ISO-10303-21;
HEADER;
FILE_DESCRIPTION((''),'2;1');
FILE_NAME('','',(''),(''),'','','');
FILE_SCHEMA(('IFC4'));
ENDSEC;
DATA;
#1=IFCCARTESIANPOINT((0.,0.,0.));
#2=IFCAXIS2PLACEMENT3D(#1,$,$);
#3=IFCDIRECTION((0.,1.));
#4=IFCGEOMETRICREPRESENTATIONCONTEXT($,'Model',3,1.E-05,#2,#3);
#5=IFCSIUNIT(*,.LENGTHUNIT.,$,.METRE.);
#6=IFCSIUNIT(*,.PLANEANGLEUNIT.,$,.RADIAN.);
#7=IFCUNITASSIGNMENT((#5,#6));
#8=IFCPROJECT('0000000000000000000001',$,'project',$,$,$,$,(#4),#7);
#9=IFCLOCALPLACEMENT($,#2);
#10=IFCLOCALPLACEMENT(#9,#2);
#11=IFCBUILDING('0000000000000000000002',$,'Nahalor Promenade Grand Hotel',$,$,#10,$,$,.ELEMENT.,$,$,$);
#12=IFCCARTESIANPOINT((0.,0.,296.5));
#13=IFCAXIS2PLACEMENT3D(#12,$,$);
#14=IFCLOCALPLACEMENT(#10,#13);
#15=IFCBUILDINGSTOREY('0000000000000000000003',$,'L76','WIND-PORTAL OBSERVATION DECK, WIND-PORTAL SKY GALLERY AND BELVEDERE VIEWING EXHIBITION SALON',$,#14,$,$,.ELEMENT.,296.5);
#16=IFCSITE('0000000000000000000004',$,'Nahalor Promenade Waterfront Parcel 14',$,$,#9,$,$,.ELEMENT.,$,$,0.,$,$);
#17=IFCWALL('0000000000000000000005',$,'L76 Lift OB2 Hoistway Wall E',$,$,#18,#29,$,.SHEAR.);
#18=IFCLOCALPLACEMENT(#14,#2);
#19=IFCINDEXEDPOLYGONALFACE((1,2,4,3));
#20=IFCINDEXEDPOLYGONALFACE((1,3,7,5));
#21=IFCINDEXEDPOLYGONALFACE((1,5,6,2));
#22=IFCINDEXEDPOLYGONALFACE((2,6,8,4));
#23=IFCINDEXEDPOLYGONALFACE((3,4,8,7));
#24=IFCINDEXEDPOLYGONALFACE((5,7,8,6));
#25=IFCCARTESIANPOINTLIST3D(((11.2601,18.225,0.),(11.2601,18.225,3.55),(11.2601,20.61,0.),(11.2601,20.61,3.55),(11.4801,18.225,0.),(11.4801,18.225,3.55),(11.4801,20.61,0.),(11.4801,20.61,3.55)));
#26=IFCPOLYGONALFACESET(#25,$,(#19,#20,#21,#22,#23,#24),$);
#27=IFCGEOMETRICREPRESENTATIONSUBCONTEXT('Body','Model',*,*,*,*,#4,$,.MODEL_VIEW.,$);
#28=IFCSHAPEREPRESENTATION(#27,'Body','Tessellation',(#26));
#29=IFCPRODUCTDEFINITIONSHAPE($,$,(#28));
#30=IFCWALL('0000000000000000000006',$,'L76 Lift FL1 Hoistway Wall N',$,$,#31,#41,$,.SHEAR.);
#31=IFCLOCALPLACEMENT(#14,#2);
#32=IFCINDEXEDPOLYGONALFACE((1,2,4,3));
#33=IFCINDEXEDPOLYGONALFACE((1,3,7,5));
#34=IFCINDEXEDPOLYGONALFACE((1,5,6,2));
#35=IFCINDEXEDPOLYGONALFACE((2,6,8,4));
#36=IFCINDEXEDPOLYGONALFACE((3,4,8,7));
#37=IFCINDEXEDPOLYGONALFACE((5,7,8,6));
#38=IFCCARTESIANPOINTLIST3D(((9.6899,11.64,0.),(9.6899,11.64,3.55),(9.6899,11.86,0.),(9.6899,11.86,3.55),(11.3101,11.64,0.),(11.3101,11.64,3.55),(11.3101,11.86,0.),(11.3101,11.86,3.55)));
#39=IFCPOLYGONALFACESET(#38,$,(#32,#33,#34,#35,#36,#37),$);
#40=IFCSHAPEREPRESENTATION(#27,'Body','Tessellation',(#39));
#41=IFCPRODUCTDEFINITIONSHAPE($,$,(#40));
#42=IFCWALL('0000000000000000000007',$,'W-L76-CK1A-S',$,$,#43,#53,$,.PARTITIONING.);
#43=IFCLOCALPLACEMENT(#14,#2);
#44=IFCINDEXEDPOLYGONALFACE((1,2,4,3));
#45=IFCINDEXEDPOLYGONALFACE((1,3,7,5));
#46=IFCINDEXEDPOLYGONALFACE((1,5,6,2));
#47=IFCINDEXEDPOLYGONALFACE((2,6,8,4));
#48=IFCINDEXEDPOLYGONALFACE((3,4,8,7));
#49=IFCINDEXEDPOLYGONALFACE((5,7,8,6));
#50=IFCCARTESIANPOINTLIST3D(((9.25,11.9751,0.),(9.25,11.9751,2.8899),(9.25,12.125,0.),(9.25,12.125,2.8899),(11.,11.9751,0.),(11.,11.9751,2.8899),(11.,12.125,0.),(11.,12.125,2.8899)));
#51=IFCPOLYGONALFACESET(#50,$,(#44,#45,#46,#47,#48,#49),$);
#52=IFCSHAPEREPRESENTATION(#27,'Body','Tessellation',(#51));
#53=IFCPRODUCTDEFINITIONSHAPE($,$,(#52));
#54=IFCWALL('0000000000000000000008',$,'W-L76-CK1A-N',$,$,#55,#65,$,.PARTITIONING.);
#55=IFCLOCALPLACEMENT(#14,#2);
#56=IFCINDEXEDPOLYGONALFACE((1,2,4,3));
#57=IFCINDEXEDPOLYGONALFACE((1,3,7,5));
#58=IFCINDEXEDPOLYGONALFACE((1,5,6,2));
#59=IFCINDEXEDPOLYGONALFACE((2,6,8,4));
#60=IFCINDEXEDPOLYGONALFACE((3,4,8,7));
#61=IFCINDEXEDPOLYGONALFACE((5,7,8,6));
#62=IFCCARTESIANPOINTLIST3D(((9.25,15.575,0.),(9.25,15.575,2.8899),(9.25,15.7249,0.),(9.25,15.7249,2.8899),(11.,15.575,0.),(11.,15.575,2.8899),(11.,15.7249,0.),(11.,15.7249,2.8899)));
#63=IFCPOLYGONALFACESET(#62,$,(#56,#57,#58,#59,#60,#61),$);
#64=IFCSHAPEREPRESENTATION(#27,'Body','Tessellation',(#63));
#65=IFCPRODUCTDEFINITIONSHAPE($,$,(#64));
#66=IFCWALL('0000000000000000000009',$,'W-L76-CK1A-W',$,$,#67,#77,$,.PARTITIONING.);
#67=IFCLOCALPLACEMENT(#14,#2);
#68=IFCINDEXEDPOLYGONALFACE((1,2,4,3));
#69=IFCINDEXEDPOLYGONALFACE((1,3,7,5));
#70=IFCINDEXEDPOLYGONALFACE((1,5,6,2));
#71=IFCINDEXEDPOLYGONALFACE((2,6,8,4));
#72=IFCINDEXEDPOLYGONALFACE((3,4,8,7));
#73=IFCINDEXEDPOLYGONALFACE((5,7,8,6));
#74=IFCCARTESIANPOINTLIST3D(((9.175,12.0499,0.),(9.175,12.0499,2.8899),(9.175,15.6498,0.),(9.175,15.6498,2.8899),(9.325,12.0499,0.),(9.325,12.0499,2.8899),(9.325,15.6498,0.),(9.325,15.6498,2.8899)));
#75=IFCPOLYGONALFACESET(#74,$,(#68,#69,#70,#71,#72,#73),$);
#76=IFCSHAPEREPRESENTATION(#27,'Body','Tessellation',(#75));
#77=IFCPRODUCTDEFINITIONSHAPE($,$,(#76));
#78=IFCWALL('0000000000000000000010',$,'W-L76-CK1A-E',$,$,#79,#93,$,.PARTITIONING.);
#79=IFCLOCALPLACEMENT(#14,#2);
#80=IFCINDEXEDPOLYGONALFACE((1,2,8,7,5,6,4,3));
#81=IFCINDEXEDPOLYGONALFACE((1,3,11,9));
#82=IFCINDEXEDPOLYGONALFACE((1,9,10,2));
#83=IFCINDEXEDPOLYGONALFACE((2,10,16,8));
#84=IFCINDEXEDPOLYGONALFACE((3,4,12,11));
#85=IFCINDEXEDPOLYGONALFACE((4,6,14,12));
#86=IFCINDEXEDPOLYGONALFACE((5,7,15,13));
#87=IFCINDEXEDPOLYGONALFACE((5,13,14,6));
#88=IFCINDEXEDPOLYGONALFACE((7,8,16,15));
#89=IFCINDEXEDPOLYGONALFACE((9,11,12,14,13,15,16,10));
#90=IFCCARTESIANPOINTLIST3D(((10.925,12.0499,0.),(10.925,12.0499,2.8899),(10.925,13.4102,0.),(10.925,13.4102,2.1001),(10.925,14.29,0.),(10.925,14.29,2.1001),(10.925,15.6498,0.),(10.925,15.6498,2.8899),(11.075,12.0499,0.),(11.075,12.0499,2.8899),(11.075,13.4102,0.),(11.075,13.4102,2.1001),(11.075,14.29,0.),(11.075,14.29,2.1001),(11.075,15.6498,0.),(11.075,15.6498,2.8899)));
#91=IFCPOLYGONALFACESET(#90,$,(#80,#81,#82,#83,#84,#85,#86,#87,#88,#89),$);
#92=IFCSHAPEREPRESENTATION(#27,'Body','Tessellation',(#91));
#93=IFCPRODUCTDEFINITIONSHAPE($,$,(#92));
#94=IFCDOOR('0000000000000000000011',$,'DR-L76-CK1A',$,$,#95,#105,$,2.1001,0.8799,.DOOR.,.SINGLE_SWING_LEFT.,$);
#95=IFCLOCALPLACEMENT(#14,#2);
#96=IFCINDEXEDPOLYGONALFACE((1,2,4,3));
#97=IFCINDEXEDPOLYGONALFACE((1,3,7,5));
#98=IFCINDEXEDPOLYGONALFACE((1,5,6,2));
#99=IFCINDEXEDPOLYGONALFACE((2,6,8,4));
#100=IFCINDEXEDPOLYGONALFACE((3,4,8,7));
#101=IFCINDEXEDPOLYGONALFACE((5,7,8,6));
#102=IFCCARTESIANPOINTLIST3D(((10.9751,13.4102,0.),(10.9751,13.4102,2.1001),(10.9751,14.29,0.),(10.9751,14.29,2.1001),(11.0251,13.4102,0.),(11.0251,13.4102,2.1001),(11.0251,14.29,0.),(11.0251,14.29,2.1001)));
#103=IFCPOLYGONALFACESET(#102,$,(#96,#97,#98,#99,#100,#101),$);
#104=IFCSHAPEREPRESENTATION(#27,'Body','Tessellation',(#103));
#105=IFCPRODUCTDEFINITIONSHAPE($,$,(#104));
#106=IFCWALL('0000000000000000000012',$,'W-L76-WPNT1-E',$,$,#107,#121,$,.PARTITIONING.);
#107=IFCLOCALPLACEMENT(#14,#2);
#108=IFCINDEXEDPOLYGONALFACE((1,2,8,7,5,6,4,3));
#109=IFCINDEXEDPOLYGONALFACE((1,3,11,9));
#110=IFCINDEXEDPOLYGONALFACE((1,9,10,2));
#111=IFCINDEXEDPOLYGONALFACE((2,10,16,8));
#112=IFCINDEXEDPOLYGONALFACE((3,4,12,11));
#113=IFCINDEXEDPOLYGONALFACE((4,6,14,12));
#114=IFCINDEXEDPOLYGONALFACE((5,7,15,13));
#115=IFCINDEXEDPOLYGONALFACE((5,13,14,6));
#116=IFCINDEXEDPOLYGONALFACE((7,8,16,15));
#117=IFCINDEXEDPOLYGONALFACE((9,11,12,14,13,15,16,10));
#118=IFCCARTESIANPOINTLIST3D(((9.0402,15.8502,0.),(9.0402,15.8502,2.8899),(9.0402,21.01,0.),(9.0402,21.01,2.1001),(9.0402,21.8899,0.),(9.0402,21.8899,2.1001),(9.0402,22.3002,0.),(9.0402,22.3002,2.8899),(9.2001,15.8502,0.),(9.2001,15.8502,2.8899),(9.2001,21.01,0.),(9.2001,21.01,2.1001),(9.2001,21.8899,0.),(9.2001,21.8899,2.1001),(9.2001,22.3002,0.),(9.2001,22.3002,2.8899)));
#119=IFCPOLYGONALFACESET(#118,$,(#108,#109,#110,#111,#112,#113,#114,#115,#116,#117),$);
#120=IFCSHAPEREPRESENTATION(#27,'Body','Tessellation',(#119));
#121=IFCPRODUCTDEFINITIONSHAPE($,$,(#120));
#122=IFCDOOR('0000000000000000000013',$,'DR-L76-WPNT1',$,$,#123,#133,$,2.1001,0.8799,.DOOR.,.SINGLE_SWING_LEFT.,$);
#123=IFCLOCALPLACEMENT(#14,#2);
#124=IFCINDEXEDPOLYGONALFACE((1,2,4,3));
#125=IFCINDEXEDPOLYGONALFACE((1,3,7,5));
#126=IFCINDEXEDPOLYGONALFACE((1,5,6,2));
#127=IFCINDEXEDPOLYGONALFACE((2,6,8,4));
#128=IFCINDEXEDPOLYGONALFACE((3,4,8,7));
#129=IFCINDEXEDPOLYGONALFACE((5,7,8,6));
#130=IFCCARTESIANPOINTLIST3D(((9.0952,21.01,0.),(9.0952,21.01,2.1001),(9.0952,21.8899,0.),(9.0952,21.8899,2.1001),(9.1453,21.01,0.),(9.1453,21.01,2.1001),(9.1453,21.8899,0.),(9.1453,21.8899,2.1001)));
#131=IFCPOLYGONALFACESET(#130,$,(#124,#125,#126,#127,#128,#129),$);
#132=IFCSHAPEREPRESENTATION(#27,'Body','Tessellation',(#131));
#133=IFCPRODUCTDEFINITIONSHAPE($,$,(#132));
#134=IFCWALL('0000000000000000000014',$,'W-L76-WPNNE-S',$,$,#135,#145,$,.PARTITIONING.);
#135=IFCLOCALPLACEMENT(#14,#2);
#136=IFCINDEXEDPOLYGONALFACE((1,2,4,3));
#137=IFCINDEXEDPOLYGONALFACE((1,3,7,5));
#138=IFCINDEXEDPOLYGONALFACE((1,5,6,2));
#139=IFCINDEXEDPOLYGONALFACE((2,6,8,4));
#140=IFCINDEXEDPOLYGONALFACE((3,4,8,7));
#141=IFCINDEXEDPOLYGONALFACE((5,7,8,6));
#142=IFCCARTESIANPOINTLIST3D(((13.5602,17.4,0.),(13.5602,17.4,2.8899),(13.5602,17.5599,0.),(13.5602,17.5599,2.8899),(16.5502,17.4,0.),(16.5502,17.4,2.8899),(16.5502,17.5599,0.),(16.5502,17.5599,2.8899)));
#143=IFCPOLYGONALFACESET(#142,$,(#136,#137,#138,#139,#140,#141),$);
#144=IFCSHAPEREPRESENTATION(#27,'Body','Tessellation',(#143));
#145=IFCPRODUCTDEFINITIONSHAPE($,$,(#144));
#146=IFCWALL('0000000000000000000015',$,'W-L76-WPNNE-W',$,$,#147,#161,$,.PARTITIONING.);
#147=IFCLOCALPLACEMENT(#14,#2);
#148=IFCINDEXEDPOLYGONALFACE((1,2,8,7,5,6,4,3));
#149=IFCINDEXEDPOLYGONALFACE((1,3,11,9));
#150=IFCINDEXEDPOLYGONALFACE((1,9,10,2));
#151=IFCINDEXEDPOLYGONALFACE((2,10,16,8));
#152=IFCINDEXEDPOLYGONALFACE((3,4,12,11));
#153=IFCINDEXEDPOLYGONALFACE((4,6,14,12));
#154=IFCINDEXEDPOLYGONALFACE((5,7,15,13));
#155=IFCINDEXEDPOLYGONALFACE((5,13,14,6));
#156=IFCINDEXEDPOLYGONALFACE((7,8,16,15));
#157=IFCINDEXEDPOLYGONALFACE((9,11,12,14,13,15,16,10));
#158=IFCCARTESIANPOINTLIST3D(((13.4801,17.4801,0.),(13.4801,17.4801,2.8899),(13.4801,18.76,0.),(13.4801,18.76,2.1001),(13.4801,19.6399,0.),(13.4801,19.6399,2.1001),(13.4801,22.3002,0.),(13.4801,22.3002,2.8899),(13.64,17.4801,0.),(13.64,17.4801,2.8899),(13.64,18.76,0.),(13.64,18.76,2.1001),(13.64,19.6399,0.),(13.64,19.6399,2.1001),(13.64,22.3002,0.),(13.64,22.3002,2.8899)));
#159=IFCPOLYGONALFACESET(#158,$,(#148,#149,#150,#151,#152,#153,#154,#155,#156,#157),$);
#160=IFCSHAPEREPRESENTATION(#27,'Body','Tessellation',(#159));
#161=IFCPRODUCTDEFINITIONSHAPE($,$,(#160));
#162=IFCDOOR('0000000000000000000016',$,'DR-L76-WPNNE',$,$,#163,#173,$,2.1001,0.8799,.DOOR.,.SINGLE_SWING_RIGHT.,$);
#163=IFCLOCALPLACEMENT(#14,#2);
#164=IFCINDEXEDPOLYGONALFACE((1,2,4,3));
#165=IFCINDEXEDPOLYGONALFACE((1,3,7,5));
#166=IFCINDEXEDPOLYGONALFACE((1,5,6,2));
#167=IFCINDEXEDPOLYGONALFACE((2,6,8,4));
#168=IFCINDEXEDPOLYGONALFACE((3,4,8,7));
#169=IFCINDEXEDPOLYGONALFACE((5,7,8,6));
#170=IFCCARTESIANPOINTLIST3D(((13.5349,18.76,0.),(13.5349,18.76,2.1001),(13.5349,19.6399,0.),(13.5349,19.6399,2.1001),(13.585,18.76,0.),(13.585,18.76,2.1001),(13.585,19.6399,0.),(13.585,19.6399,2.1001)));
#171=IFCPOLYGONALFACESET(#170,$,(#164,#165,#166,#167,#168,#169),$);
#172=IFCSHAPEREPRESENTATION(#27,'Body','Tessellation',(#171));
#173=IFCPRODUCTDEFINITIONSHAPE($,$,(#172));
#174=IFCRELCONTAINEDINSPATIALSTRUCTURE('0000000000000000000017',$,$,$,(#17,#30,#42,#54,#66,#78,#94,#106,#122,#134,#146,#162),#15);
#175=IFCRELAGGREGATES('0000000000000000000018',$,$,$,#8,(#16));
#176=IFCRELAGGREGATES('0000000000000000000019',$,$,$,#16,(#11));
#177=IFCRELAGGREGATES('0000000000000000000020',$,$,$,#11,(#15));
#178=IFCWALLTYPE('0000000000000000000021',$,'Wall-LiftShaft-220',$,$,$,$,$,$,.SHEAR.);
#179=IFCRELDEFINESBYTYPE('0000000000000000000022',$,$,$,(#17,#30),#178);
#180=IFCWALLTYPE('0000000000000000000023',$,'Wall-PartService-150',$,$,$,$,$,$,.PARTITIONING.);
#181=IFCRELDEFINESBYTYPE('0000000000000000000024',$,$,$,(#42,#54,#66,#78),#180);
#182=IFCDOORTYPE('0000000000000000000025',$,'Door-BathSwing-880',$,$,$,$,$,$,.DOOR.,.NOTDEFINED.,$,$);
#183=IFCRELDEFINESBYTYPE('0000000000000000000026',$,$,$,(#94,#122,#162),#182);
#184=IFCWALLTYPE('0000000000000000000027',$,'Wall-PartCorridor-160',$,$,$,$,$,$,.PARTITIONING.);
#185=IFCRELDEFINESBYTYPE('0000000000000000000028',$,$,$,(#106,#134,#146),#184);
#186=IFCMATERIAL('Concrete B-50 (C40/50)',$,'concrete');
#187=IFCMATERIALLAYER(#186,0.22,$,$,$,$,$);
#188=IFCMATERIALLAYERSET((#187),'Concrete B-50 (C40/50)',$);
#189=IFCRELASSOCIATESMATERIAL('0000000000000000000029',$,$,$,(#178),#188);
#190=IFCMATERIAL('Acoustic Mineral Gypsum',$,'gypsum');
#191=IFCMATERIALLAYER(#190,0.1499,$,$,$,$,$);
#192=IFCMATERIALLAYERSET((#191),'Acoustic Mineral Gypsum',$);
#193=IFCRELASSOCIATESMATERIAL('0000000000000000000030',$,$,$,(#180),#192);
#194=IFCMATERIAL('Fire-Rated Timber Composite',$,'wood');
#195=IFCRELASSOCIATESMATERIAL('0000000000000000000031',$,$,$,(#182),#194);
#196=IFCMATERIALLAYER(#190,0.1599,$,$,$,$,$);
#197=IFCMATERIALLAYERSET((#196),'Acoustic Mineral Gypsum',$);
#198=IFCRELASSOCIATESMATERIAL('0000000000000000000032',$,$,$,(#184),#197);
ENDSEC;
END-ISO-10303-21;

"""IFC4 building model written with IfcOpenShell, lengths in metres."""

from ifc_helpers import new_model, si_unit, direction, frame, frame_2d, origin, place, context, subcontext, project, spatial, rectangle, extrude, source, transform, mapped, material, layer, layer_set, type_object, element, fill, save


model = new_model("IFC4")

# Units and contexts
model_context = context("Model", 3, precision=1e-05, world=origin(), true_north=direction((0.0, 1.0)))
body_context = subcontext(model_context, "Body", "Model", "MODEL_VIEW")
ifc_project = project(units=[si_unit("LENGTHUNIT", "METRE"), si_unit("PLANEANGLEUNIT", "RADIAN")], contexts=[model_context])

# Site, building, storey
site_placement = place(None, origin())
site = spatial("IfcSite", under=ifc_project, at=site_placement, Name="Nahalor Promenade Waterfront Parcel 14", CompositionType="ELEMENT", RefElevation=0.0)
building_placement = place(site_placement, origin())
building = spatial("IfcBuilding", under=site, at=building_placement, Name="Nahalor Promenade Grand Hotel", CompositionType="ELEMENT")
storey_placement = place(building_placement, frame((0.0, 0.0, 296.5)))
storey = spatial("IfcBuildingStorey", under=building, at=storey_placement, Name="L76", Description="WIND-PORTAL OBSERVATION DECK, WIND-PORTAL SKY GALLERY AND BELVEDERE VIEWING EXHIBITION SALON", CompositionType="ELEMENT", Elevation=296.5)

# Shared definitions
ifc_material_1 = material(Name="Concrete B-50 (C40/50)", Category="concrete")

# Walls
ifc_layer_1 = layer(ifc_material_1, 0.22)
ifc_layer_set_1 = layer_set([ifc_layer_1], Name="Concrete B-50 (C40/50)")
wall_type_1 = type_object("IfcWallType", Name="Wall-LiftShaft-220", PredefinedType="SHEAR", material=ifc_layer_set_1)
shared_shape_1 = source(origin(), body_context, "Body", "SweptSolid", [
    extrude(rectangle(XDim=2.385, YDim=0.22, at=frame_2d((1.1924, 0.0))), origin(), (0.0, 0.0, 1.0), 3.55),
])
for number, where, z_axis, x_axis, name in (
    (1, (11.3701, 18.2251, 0.0), (0.0, 0.0, 1.0), (0.0, 1.0, 0.0), "L76 Lift OB2 Hoistway Wall E"),
):
    element("IfcWall", number, at=place(storey_placement, frame(where, z_axis=z_axis, x_axis=x_axis)), inside=storey, type_object=wall_type_1, Name=name, PredefinedType="SHEAR", context=body_context, shape_type="MappedRepresentation", body=[
        mapped(shared_shape_1, transform((0.0, 0.0, 0.0), scale=1.0)),
    ])
shared_shape_2 = source(origin(), body_context, "Body", "SweptSolid", [
    extrude(rectangle(XDim=1.6201, YDim=0.22, at=frame_2d((0.8101, 0.0))), origin(), (0.0, 0.0, 1.0), 3.55),
])
wall_1_placement = place(storey_placement, frame((9.6899, 11.75, 0.0), z_axis=(0.0, 0.0, 1.0), x_axis=(1.0, 0.0, 0.0)))
element("IfcWall", 2, at=wall_1_placement, inside=storey, type_object=wall_type_1, Name="L76 Lift FL1 Hoistway Wall N", PredefinedType="SHEAR", context=body_context, shape_type="MappedRepresentation", body=[
    mapped(shared_shape_2, transform((0.0, 0.0, 0.0), scale=1.0)),
])
ifc_material_2 = material(Name="Acoustic Mineral Gypsum", Category="gypsum")
ifc_layer_2 = layer(ifc_material_2, 0.1499)
ifc_layer_set_2 = layer_set([ifc_layer_2], Name="Acoustic Mineral Gypsum")
wall_type_2 = type_object("IfcWallType", Name="Wall-PartService-150", PredefinedType="PARTITIONING", material=ifc_layer_set_2)
shared_shape_3 = source(origin(), body_context, "Body", "SweptSolid", [
    extrude(rectangle(XDim=1.75, YDim=0.1499, at=frame_2d((0.875, 0.0))), origin(), (0.0, 0.0, 1.0), 2.8899),
])
for number, where, z_axis, x_axis, name in (
    (3, (9.25, 12.05, 0.0), (0.0, 0.0, 1.0), (1.0, 0.0, 0.0), "W-L76-CK1A-S"),
    (4, (9.25, 15.6499, 0.0), (0.0, 0.0, 1.0), (1.0, 0.0, 0.0), "W-L76-CK1A-N"),
):
    element("IfcWall", number, at=place(storey_placement, frame(where, z_axis=z_axis, x_axis=x_axis)), inside=storey, type_object=wall_type_2, Name=name, PredefinedType="PARTITIONING", context=body_context, shape_type="MappedRepresentation", body=[
        mapped(shared_shape_3, transform((0.0, 0.0, 0.0), scale=1.0)),
    ])
shared_shape_4 = source(origin(), body_context, "Body", "SweptSolid", [
    extrude(rectangle(XDim=3.5999, YDim=0.1499, at=frame_2d((1.7998, 0.0))), origin(), (0.0, 0.0, 1.0), 2.8899),
])
wall_2_placement = place(storey_placement, frame((9.25, 12.05, 0.0), z_axis=(0.0, 0.0, 1.0), x_axis=(0.0, 1.0, 0.0)))
element("IfcWall", 5, at=wall_2_placement, inside=storey, type_object=wall_type_2, Name="W-L76-CK1A-W", PredefinedType="PARTITIONING", context=body_context, shape_type="MappedRepresentation", body=[
    mapped(shared_shape_4, transform((0.0, 0.0, 0.0), scale=1.0)),
])

# Walls, openings, doors
wall_3_placement = place(storey_placement, frame((11.0, 12.05, 0.0), z_axis=(0.0, 0.0, 1.0), x_axis=(0.0, 1.0, 0.0)))
wall_3 = element("IfcWall", 6, at=wall_3_placement, inside=storey, type_object=wall_type_2, Name="W-L76-CK1A-E", PredefinedType="PARTITIONING", context=body_context, shape_type="MappedRepresentation", body=[
    mapped(shared_shape_4, transform((0.0, 0.0, 0.0), scale=1.0)),
])
opening_1_placement = place(wall_3_placement, frame((1.3601, 0.0, 0.0)))
opening_1 = element("IfcOpeningElement", 7, at=opening_1_placement, cuts=wall_3, PredefinedType="OPENING", context=body_context, shape_type="SweptSolid", body=[
    extrude(rectangle(XDim=0.8799, YDim=2.1001, at=frame_2d((0.4399, 1.05))), frame((0.0, 0.085, 0.0), z_axis=(0.0, -1.0, 0.0), x_axis=(1.0, 0.0, 0.0)), (0.0, 0.0, 1.0), 0.1699),
])
ifc_material_3 = material(Name="Fire-Rated Timber Composite", Category="wood")
door_type = type_object("IfcDoorType", Name="Door-BathSwing-880", OperationType="NOTDEFINED", PredefinedType="DOOR", material=ifc_material_3)
shared_shape_5 = source(origin(), body_context, "Body", "SweptSolid", [
    extrude(rectangle(XDim=0.8799, YDim=2.1001, at=frame_2d((0.4399, 1.05))), frame((0.0, 0.0249, 0.0), z_axis=(0.0, -1.0, 0.0), x_axis=(1.0, 0.0, 0.0)), (0.0, 0.0, 1.0), 0.05),
])
door_1_placement = place(opening_1_placement, origin())
door_1 = element("IfcDoor", 8, at=door_1_placement, inside=storey, type_object=door_type, Name="DR-L76-CK1A", OperationType="SINGLE_SWING_LEFT", OverallHeight=2.1001, OverallWidth=0.8799, PredefinedType="DOOR", context=body_context, shape_type="MappedRepresentation", body=[
    mapped(shared_shape_5, transform((0.0, 0.0, 0.0), scale=1.0)),
])
fill(opening_1, door_1)
ifc_layer_3 = layer(ifc_material_2, 0.1599)
ifc_layer_set_3 = layer_set([ifc_layer_3], Name="Acoustic Mineral Gypsum")
wall_type_3 = type_object("IfcWallType", Name="Wall-PartCorridor-160", PredefinedType="PARTITIONING", material=ifc_layer_set_3)
shared_shape_6 = source(origin(), body_context, "Body", "SweptSolid", [
    extrude(rectangle(XDim=6.45, YDim=0.1599, at=frame_2d((3.2251, 0.0))), origin(), (0.0, 0.0, 1.0), 2.8899),
])
wall_4_placement = place(storey_placement, frame((9.1201, 15.8501, 0.0), z_axis=(0.0, 0.0, 1.0), x_axis=(0.0, 1.0, 0.0)))
wall_4 = element("IfcWall", 9, at=wall_4_placement, inside=storey, type_object=wall_type_3, Name="W-L76-WPNT1-E", PredefinedType="PARTITIONING", context=body_context, shape_type="MappedRepresentation", body=[
    mapped(shared_shape_6, transform((0.0, 0.0, 0.0), scale=1.0)),
])
opening_2_placement = place(wall_4_placement, frame((5.1599, 0.0, 0.0)))
opening_2 = element("IfcOpeningElement", 10, at=opening_2_placement, cuts=wall_4, PredefinedType="OPENING", context=body_context, shape_type="SweptSolid", body=[
    extrude(rectangle(XDim=0.8799, YDim=2.1001, at=frame_2d((0.4399, 1.05))), frame((0.0, 0.0898, 0.0), z_axis=(0.0, -1.0, 0.0), x_axis=(1.0, 0.0, 0.0)), (0.0, 0.0, 1.0), 0.1799),
])
door_2_placement = place(opening_2_placement, origin())
door_2 = element("IfcDoor", 11, at=door_2_placement, inside=storey, type_object=door_type, Name="DR-L76-WPNT1", OperationType="SINGLE_SWING_LEFT", OverallHeight=2.1001, OverallWidth=0.8799, PredefinedType="DOOR", context=body_context, shape_type="MappedRepresentation", body=[
    mapped(shared_shape_5, transform((0.0, 0.0, 0.0), scale=1.0)),
])
fill(opening_2, door_2)

# Wall
shared_shape_7 = source(origin(), body_context, "Body", "SweptSolid", [
    extrude(rectangle(XDim=2.99, YDim=0.1599, at=frame_2d((1.4951, 0.0))), origin(), (0.0, 0.0, 1.0), 2.8899),
])
wall_5_placement = place(storey_placement, frame((13.5601, 17.48, 0.0), z_axis=(0.0, 0.0, 1.0), x_axis=(1.0, 0.0, 0.0)))
element("IfcWall", 12, at=wall_5_placement, inside=storey, type_object=wall_type_3, Name="W-L76-WPNNE-S", PredefinedType="PARTITIONING", context=body_context, shape_type="MappedRepresentation", body=[
    mapped(shared_shape_7, transform((0.0, 0.0, 0.0), scale=1.0)),
])

# Wall, opening, door
shared_shape_8 = source(origin(), body_context, "Body", "SweptSolid", [
    extrude(rectangle(XDim=4.8201, YDim=0.1599, at=frame_2d((2.4102, 0.0))), origin(), (0.0, 0.0, 1.0), 2.8899),
])
wall_6_placement = place(storey_placement, frame((13.5601, 17.48, 0.0), z_axis=(0.0, 0.0, 1.0), x_axis=(0.0, 1.0, 0.0)))
wall_6 = element("IfcWall", 13, at=wall_6_placement, inside=storey, type_object=wall_type_3, Name="W-L76-WPNNE-W", PredefinedType="PARTITIONING", context=body_context, shape_type="MappedRepresentation", body=[
    mapped(shared_shape_8, transform((0.0, 0.0, 0.0), scale=1.0)),
])
opening_3_placement = place(wall_6_placement, frame((1.28, 0.0, 0.0)))
opening_3 = element("IfcOpeningElement", 14, at=opening_3_placement, cuts=wall_6, PredefinedType="OPENING", context=body_context, shape_type="SweptSolid", body=[
    extrude(rectangle(XDim=0.8799, YDim=2.1001, at=frame_2d((0.4399, 1.05))), frame((0.0, 0.0898, 0.0), z_axis=(0.0, -1.0, 0.0), x_axis=(1.0, 0.0, 0.0)), (0.0, 0.0, 1.0), 0.1799),
])
door_3_placement = place(opening_3_placement, frame((0.8799, 0.0, 0.0), z_axis=(0.0, 0.0, 1.0), x_axis=(-1.0, 0.0, 0.0)))
door_3 = element("IfcDoor", 15, at=door_3_placement, inside=storey, type_object=door_type, Name="DR-L76-WPNNE", OperationType="SINGLE_SWING_RIGHT", OverallHeight=2.1001, OverallWidth=0.8799, PredefinedType="DOOR", context=body_context, shape_type="MappedRepresentation", body=[
    mapped(shared_shape_5, transform((0.0, 0.0, 0.0), scale=1.0)),
])
fill(opening_3, door_3)

save(model, "model.ifc")
